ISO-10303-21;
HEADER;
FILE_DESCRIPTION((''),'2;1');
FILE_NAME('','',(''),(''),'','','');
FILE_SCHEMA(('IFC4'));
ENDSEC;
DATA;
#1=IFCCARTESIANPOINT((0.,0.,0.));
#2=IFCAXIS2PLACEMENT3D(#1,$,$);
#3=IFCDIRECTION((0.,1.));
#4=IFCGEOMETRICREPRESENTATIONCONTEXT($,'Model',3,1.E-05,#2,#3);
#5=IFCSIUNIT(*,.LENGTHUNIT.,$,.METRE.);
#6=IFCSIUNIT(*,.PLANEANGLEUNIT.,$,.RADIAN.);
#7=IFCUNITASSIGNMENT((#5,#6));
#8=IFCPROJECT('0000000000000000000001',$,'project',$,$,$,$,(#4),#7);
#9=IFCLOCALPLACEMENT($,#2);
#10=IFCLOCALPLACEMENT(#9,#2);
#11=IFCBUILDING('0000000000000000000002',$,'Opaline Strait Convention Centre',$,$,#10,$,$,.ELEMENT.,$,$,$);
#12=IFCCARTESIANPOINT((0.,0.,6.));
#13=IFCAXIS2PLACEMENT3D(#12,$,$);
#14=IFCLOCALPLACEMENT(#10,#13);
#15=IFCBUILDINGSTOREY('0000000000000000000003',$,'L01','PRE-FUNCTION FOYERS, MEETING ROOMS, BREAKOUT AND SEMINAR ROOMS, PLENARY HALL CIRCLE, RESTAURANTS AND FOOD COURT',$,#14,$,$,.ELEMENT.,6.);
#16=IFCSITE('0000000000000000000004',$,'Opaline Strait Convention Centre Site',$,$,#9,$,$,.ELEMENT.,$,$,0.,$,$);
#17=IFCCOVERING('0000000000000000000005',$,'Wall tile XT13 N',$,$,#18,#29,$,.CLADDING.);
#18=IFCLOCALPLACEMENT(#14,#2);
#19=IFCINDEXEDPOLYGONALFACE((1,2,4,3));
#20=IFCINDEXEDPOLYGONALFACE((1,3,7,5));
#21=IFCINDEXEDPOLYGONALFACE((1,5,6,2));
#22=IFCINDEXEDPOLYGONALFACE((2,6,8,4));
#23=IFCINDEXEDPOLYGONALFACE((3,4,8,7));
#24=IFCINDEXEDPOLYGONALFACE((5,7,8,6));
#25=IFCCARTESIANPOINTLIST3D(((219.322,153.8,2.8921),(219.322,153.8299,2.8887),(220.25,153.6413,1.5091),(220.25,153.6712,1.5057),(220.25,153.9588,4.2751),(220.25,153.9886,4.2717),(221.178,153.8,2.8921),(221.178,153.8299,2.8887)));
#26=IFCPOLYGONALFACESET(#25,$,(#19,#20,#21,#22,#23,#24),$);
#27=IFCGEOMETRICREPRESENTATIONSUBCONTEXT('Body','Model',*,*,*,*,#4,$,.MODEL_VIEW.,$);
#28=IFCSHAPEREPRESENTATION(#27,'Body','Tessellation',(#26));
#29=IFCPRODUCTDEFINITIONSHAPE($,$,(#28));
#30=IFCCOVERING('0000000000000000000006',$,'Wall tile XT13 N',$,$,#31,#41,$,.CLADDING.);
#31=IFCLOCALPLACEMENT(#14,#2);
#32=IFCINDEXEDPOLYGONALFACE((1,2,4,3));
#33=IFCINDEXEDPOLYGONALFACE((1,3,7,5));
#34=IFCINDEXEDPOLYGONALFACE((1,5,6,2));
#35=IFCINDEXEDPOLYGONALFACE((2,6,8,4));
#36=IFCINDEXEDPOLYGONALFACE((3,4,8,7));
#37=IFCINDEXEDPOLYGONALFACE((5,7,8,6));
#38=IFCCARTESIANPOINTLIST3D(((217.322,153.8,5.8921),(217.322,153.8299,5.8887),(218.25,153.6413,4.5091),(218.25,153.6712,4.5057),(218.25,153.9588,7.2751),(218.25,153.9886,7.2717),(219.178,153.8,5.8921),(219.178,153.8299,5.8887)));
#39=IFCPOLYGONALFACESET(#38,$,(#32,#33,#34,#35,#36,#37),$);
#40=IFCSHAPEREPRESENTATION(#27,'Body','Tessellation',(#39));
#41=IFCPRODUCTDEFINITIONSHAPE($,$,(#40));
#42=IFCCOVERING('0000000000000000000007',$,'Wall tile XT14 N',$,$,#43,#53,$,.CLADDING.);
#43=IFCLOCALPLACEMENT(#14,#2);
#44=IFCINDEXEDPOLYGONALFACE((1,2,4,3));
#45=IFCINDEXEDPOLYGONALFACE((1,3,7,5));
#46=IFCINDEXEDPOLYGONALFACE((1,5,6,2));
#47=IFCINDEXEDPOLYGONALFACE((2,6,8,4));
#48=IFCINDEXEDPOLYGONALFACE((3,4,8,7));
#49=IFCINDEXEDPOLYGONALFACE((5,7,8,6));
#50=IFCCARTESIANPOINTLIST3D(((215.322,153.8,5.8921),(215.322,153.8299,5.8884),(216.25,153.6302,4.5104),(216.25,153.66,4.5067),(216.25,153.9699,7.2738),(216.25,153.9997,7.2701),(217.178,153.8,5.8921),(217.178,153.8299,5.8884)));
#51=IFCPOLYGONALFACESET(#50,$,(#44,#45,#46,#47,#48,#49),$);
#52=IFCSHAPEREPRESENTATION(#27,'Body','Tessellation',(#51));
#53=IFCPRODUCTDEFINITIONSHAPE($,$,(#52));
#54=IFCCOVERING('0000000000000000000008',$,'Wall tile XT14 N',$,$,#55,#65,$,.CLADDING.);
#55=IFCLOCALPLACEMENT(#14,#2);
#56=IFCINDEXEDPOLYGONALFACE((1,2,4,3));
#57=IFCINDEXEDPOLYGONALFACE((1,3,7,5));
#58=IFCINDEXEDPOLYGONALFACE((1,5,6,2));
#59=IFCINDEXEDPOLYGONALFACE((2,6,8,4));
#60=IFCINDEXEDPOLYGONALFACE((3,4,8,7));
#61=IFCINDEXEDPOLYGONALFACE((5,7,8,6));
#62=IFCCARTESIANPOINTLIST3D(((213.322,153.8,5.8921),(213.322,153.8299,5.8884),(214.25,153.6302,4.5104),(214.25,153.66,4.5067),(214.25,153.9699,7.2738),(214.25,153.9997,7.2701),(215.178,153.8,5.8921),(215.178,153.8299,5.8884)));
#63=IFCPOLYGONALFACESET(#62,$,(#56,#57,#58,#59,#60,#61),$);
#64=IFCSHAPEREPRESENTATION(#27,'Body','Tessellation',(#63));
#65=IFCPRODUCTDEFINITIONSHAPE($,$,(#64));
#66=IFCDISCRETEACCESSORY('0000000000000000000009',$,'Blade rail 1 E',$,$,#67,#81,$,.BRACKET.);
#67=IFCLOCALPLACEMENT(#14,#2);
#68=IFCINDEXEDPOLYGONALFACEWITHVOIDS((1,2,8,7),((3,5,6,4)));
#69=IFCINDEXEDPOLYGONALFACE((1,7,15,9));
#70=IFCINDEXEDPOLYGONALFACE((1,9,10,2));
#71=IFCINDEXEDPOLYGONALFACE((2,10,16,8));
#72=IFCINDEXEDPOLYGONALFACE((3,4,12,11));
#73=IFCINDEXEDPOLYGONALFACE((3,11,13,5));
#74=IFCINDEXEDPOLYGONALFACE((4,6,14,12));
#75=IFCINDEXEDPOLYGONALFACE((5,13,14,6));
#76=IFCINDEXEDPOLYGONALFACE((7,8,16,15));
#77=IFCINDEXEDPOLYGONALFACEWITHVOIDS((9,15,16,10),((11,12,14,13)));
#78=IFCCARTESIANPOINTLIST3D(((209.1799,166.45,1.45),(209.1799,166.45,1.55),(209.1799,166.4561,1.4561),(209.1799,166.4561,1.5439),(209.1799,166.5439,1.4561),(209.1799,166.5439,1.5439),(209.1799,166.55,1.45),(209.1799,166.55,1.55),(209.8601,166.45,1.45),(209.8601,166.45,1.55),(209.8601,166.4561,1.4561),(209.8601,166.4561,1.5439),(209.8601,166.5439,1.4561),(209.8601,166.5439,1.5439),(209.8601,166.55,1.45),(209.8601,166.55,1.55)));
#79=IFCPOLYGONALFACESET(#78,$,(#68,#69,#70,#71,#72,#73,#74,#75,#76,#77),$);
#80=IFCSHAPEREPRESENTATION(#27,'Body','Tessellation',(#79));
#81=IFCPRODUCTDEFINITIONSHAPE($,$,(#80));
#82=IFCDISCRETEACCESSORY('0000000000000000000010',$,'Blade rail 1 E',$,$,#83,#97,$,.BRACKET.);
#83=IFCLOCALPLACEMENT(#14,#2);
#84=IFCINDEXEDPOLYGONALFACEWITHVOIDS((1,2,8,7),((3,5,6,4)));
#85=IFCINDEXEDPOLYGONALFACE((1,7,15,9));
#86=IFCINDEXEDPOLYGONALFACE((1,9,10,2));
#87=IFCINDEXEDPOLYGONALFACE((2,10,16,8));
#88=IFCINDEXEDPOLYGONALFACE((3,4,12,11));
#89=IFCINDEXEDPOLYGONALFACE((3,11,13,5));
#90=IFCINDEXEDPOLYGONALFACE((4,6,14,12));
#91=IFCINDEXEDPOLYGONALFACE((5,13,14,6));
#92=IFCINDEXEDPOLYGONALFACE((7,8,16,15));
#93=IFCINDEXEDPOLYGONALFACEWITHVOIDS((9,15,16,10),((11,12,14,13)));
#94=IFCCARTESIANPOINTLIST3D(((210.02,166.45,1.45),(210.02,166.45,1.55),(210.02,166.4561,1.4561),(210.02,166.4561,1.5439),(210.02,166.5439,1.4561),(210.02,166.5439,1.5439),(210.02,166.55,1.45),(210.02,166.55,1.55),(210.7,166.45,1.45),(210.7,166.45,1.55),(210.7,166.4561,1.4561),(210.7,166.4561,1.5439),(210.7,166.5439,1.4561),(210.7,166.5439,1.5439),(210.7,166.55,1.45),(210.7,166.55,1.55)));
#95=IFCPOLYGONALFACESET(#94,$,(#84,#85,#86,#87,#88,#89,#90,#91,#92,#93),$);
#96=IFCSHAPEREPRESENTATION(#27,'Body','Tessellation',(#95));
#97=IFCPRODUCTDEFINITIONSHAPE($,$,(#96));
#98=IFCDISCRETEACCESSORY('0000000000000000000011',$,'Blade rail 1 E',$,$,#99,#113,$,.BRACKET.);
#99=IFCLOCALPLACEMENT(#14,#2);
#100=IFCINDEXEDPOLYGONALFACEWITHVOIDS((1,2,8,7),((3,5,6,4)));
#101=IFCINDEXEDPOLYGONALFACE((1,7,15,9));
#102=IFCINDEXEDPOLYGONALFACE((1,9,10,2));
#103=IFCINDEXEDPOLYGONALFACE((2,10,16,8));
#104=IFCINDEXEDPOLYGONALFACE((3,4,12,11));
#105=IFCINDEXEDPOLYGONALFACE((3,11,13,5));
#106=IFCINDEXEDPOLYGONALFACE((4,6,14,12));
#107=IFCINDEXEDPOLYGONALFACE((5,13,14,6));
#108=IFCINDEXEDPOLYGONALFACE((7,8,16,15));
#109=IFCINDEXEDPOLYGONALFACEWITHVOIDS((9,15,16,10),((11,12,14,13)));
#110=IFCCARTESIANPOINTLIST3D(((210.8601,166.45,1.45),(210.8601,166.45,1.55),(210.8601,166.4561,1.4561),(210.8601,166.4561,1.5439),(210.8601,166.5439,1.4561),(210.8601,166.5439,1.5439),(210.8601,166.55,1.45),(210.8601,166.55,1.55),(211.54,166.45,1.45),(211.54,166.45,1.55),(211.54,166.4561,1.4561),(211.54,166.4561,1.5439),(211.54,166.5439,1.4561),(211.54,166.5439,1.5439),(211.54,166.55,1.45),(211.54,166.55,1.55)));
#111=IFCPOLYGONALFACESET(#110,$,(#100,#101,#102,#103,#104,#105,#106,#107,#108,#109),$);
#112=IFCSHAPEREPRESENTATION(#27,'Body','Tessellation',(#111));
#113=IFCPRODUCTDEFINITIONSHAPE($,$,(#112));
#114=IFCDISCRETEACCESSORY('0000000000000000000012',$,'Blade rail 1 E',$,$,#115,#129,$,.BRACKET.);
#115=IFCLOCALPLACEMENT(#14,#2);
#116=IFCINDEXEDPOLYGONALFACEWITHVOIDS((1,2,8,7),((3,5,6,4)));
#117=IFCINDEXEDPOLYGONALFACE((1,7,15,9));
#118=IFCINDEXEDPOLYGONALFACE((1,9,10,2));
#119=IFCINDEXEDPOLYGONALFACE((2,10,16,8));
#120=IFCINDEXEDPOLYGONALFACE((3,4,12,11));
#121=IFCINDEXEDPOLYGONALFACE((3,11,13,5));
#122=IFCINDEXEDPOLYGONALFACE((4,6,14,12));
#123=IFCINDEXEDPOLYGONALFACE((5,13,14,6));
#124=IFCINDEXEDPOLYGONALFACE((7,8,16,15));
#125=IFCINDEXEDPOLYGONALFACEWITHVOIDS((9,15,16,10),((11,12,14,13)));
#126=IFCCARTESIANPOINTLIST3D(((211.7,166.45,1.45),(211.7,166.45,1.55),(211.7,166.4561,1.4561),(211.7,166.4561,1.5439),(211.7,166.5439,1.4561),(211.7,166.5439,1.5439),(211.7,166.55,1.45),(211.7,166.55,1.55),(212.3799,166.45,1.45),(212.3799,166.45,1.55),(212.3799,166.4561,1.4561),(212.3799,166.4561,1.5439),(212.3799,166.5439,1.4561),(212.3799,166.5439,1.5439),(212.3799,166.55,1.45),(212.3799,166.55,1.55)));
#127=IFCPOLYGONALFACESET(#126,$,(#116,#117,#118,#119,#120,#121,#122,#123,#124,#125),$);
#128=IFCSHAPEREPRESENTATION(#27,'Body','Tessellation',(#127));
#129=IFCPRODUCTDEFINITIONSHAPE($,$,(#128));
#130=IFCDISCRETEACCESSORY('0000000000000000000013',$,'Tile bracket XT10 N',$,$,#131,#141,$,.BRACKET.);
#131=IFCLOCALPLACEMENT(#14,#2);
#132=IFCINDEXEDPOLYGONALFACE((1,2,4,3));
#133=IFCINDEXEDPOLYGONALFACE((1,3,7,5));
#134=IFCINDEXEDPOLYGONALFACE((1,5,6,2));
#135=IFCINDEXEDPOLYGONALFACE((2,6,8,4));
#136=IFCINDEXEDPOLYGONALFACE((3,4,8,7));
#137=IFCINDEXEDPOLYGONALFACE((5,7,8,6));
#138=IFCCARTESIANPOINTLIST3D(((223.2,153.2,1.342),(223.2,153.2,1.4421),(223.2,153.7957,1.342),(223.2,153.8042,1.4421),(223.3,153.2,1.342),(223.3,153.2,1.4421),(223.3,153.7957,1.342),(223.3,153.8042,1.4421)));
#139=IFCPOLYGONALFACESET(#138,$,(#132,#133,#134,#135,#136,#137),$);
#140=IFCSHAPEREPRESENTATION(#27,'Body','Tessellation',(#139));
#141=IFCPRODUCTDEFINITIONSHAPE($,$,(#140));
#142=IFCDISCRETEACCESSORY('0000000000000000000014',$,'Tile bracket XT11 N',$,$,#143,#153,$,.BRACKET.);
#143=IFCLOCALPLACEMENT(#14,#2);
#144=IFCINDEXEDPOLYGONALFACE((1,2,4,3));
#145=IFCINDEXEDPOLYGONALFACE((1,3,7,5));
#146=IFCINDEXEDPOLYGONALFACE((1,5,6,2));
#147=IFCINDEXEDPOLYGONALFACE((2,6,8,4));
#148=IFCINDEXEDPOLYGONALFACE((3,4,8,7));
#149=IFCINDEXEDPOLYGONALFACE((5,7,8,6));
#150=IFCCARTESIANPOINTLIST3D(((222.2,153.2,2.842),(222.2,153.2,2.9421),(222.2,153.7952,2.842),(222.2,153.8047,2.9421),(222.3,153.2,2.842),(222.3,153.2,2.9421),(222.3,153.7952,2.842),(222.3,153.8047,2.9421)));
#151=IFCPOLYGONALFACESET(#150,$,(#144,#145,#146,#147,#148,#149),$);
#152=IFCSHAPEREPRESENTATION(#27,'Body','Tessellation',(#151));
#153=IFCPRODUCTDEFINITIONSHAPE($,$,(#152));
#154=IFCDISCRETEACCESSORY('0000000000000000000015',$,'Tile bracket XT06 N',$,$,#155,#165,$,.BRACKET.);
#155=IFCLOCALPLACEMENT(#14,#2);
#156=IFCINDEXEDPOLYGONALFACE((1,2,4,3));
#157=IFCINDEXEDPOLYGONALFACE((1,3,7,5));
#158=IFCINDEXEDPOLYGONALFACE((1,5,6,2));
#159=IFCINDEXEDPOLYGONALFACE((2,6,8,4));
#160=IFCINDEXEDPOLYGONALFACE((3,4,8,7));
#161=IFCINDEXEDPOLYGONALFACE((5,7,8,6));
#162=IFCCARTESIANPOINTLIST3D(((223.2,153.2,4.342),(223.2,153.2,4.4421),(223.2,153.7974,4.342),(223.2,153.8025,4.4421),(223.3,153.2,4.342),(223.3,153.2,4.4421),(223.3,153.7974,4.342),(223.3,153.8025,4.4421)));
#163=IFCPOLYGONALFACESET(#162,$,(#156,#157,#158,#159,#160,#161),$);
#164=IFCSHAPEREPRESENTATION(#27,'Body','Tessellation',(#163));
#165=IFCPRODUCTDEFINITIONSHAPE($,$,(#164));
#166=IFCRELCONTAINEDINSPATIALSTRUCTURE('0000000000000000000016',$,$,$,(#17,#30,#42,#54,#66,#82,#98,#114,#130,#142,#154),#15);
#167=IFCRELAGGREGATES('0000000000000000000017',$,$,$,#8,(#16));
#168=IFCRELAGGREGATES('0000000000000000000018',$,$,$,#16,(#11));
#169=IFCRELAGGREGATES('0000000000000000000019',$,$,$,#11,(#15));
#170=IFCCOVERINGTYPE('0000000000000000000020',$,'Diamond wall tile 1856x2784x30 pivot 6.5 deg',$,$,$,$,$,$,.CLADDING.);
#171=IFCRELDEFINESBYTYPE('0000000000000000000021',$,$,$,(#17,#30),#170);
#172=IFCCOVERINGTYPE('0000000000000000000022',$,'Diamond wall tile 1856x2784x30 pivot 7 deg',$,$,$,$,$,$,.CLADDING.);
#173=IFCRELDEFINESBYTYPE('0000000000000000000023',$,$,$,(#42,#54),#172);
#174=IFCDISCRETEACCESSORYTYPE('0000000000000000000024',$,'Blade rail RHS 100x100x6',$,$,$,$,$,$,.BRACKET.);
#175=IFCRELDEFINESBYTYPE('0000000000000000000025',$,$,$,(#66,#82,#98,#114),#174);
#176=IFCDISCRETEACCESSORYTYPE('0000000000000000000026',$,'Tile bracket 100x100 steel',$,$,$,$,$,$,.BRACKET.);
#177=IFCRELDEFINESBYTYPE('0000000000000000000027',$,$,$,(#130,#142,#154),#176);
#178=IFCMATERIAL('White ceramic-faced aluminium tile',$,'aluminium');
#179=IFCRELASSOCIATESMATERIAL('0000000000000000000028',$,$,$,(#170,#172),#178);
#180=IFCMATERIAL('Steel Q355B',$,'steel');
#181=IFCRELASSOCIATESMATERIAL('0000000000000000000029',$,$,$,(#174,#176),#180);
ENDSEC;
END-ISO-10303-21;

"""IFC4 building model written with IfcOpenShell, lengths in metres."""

from ifc_helpers import new_model, si_unit, direction, frame, origin, origin_2d, place, context, subcontext, project, spatial, polyline, hollow_rectangle, outline, extrude, material, material_profile, profile_set, type_object, element, save


model = new_model("IFC4")

# Units and contexts
model_context = context("Model", 3, precision=1e-05, world=origin(), true_north=direction((0.0, 1.0)))
body_context = subcontext(model_context, "Body", "Model", "MODEL_VIEW")
ifc_project = project(units=[si_unit("LENGTHUNIT", "METRE"), si_unit("PLANEANGLEUNIT", "RADIAN")], contexts=[model_context])

# Site, building, storey
site_placement = place(None, origin())
site = spatial("IfcSite", under=ifc_project, at=site_placement, Name="Opaline Strait Convention Centre Site", CompositionType="ELEMENT", RefElevation=0.0)
building_placement = place(site_placement, origin())
building = spatial("IfcBuilding", under=site, at=building_placement, Name="Opaline Strait Convention Centre", CompositionType="ELEMENT")
storey_placement = place(building_placement, frame((0.0, 0.0, 6.0)))
storey = spatial("IfcBuildingStorey", under=building, at=storey_placement, Name="L01", Description="PRE-FUNCTION FOYERS, MEETING ROOMS, BREAKOUT AND SEMINAR ROOMS, PLENARY HALL CIRCLE, RESTAURANTS AND FOOD COURT", CompositionType="ELEMENT", Elevation=6.0)

# Coverings
ifc_material_1 = material(Name="White ceramic-faced aluminium tile", Category="aluminium")
ifc_material_profile_1 = material_profile(ifc_material_1, outline(polyline([(0.928, 0.0), (0.0, 1.3921), (-0.928, 0.0), (0.0, -1.3921), (0.928, 0.0)])), Name="Diamond tile 1856x2784")
ifc_profile_set_1 = profile_set([ifc_material_profile_1], Name="White ceramic-faced aluminium tile")
covering_type_1 = type_object("IfcCoveringType", Name="Diamond wall tile 1856x2784x30 pivot 6.5 deg", PredefinedType="CLADDING", material=ifc_profile_set_1)
for number, where, z_axis, x_axis, name in (
    (1, (220.25, 153.8, 2.8921), (0.0, 0.99348, -0.114006), (-1.0, 0.0, 0.0), "Wall tile XT13 N"),
    (2, (218.25, 153.8, 5.8921), (0.0, 0.99348, -0.114006), (-1.0, 0.0, 0.0), "Wall tile XT13 N"),
):
    element("IfcCovering", number, at=place(storey_placement, frame(where, z_axis=z_axis, x_axis=x_axis)), inside=storey, type_object=covering_type_1, Name=name, PredefinedType="CLADDING", context=body_context, shape_type="SweptSolid", body=[
        extrude(outline(polyline([(0.928, 0.0), (0.0, 1.3921), (-0.928, 0.0), (0.0, -1.3921), (0.928, 0.0)])), origin(), (0.0, 0.0, 1.0), 0.03),
    ])
ifc_material_profile_2 = material_profile(ifc_material_1, outline(polyline([(0.928, 0.0), (0.0, 1.3921), (-0.928, 0.0), (0.0, -1.3921), (0.928, 0.0)])), Name="Diamond tile 1856x2784")
ifc_profile_set_2 = profile_set([ifc_material_profile_2], Name="White ceramic-faced aluminium tile")
covering_type_2 = type_object("IfcCoveringType", Name="Diamond wall tile 1856x2784x30 pivot 7 deg", PredefinedType="CLADDING", material=ifc_profile_set_2)
for number, where, z_axis, x_axis, name in (
    (3, (216.25, 153.8, 5.8921), (0.0, 0.992526, -0.122032), (-1.0, 0.0, 0.0), "Wall tile XT14 N"),
    (4, (214.25, 153.8, 5.8921), (0.0, 0.992526, -0.122032), (-1.0, 0.0, 0.0), "Wall tile XT14 N"),
):
    element("IfcCovering", number, at=place(storey_placement, frame(where, z_axis=z_axis, x_axis=x_axis)), inside=storey, type_object=covering_type_2, Name=name, PredefinedType="CLADDING", context=body_context, shape_type="SweptSolid", body=[
        extrude(outline(polyline([(0.928, 0.0), (0.0, 1.3921), (-0.928, 0.0), (0.0, -1.3921), (0.928, 0.0)])), origin(), (0.0, 0.0, 1.0), 0.03),
    ])

# Discrete accessories
ifc_material_2 = material(Name="Steel Q355B", Category="steel")
ifc_material_profile_3 = material_profile(ifc_material_2, hollow_rectangle(XDim=0.1001, YDim=0.1001, WallThickness=0.0061, at=origin_2d()), Name="RHS 100x100x6")
ifc_profile_set_3 = profile_set([ifc_material_profile_3], Name="Steel Q355B")
discrete_accessory_type_1 = type_object("IfcDiscreteAccessoryType", Name="Blade rail RHS 100x100x6", PredefinedType="BRACKET", material=ifc_profile_set_3)
discrete_accessory_1_placement = place(storey_placement, frame((209.1799, 166.5, 1.5), z_axis=(1.0, 0.0, 0.0), x_axis=(0.0, 1.0, 0.0)))
element("IfcDiscreteAccessory", 5, at=discrete_accessory_1_placement, inside=storey, type_object=discrete_accessory_type_1, Name="Blade rail 1 E", PredefinedType="BRACKET", context=body_context, shape_type="SweptSolid", body=[
    extrude(hollow_rectangle(XDim=0.1001, YDim=0.1001, WallThickness=0.0061, at=origin_2d()), origin(), (0.0, 0.0, 1.0), 0.6802),
])
for number, where, z_axis, x_axis, name in (
    (6, (210.02, 166.5, 1.5), (1.0, 0.0, 0.0), (0.0, 1.0, 0.0), "Blade rail 1 E"),
    (7, (210.8601, 166.5, 1.5), (1.0, 0.0, 0.0), (0.0, 1.0, 0.0), "Blade rail 1 E"),
    (8, (211.7, 166.5, 1.5), (1.0, 0.0, 0.0), (0.0, 1.0, 0.0), "Blade rail 1 E"),
):
    element("IfcDiscreteAccessory", number, at=place(storey_placement, frame(where, z_axis=z_axis, x_axis=x_axis)), inside=storey, type_object=discrete_accessory_type_1, Name=name, PredefinedType="BRACKET", context=body_context, shape_type="SweptSolid", body=[
        extrude(hollow_rectangle(XDim=0.1001, YDim=0.1001, WallThickness=0.0061, at=origin_2d()), origin(), (0.0, 0.0, 1.0), 0.6799),
    ])
discrete_accessory_type_2 = type_object("IfcDiscreteAccessoryType", Name="Tile bracket 100x100 steel", PredefinedType="BRACKET", material=ifc_material_2)
discrete_accessory_2_placement = place(storey_placement, frame((223.3, 153.2, 1.3921), z_axis=(-1.0, 0.0, 0.0), x_axis=(0.0, -1.0, 0.0)))
element("IfcDiscreteAccessory", 9, at=discrete_accessory_2_placement, inside=storey, type_object=discrete_accessory_type_2, Name="Tile bracket XT10 N", PredefinedType="BRACKET", context=body_context, shape_type="SweptSolid", body=[
    extrude(outline(polyline([(0.0, -0.05), (0.0, 0.05), (-0.6042, 0.05), (-0.5957, -0.05), (0.0, -0.05)])), origin(), (0.0, 0.0, 1.0), 0.1001),
])
discrete_accessory_3_placement = place(storey_placement, frame((222.3, 153.2, 2.8921), z_axis=(-1.0, 0.0, 0.0), x_axis=(0.0, -1.0, 0.0)))
element("IfcDiscreteAccessory", 10, at=discrete_accessory_3_placement, inside=storey, type_object=discrete_accessory_type_2, Name="Tile bracket XT11 N", PredefinedType="BRACKET", context=body_context, shape_type="SweptSolid", body=[
    extrude(outline(polyline([(0.0, -0.05), (0.0, 0.05), (-0.6047, 0.05), (-0.5952, -0.05), (0.0, -0.05)])), origin(), (0.0, 0.0, 1.0), 0.1001),
])
discrete_accessory_4_placement = place(storey_placement, frame((223.3, 153.2, 4.3921), z_axis=(-1.0, 0.0, 0.0), x_axis=(0.0, -1.0, 0.0)))
element("IfcDiscreteAccessory", 11, at=discrete_accessory_4_placement, inside=storey, type_object=discrete_accessory_type_2, Name="Tile bracket XT06 N", PredefinedType="BRACKET", context=body_context, shape_type="SweptSolid", body=[
    extrude(outline(polyline([(0.0, -0.05), (0.0, 0.05), (-0.6025, 0.05), (-0.5974, -0.05), (0.0, -0.05)])), origin(), (0.0, 0.0, 1.0), 0.1001),
])

save(model, "model.ifc")
